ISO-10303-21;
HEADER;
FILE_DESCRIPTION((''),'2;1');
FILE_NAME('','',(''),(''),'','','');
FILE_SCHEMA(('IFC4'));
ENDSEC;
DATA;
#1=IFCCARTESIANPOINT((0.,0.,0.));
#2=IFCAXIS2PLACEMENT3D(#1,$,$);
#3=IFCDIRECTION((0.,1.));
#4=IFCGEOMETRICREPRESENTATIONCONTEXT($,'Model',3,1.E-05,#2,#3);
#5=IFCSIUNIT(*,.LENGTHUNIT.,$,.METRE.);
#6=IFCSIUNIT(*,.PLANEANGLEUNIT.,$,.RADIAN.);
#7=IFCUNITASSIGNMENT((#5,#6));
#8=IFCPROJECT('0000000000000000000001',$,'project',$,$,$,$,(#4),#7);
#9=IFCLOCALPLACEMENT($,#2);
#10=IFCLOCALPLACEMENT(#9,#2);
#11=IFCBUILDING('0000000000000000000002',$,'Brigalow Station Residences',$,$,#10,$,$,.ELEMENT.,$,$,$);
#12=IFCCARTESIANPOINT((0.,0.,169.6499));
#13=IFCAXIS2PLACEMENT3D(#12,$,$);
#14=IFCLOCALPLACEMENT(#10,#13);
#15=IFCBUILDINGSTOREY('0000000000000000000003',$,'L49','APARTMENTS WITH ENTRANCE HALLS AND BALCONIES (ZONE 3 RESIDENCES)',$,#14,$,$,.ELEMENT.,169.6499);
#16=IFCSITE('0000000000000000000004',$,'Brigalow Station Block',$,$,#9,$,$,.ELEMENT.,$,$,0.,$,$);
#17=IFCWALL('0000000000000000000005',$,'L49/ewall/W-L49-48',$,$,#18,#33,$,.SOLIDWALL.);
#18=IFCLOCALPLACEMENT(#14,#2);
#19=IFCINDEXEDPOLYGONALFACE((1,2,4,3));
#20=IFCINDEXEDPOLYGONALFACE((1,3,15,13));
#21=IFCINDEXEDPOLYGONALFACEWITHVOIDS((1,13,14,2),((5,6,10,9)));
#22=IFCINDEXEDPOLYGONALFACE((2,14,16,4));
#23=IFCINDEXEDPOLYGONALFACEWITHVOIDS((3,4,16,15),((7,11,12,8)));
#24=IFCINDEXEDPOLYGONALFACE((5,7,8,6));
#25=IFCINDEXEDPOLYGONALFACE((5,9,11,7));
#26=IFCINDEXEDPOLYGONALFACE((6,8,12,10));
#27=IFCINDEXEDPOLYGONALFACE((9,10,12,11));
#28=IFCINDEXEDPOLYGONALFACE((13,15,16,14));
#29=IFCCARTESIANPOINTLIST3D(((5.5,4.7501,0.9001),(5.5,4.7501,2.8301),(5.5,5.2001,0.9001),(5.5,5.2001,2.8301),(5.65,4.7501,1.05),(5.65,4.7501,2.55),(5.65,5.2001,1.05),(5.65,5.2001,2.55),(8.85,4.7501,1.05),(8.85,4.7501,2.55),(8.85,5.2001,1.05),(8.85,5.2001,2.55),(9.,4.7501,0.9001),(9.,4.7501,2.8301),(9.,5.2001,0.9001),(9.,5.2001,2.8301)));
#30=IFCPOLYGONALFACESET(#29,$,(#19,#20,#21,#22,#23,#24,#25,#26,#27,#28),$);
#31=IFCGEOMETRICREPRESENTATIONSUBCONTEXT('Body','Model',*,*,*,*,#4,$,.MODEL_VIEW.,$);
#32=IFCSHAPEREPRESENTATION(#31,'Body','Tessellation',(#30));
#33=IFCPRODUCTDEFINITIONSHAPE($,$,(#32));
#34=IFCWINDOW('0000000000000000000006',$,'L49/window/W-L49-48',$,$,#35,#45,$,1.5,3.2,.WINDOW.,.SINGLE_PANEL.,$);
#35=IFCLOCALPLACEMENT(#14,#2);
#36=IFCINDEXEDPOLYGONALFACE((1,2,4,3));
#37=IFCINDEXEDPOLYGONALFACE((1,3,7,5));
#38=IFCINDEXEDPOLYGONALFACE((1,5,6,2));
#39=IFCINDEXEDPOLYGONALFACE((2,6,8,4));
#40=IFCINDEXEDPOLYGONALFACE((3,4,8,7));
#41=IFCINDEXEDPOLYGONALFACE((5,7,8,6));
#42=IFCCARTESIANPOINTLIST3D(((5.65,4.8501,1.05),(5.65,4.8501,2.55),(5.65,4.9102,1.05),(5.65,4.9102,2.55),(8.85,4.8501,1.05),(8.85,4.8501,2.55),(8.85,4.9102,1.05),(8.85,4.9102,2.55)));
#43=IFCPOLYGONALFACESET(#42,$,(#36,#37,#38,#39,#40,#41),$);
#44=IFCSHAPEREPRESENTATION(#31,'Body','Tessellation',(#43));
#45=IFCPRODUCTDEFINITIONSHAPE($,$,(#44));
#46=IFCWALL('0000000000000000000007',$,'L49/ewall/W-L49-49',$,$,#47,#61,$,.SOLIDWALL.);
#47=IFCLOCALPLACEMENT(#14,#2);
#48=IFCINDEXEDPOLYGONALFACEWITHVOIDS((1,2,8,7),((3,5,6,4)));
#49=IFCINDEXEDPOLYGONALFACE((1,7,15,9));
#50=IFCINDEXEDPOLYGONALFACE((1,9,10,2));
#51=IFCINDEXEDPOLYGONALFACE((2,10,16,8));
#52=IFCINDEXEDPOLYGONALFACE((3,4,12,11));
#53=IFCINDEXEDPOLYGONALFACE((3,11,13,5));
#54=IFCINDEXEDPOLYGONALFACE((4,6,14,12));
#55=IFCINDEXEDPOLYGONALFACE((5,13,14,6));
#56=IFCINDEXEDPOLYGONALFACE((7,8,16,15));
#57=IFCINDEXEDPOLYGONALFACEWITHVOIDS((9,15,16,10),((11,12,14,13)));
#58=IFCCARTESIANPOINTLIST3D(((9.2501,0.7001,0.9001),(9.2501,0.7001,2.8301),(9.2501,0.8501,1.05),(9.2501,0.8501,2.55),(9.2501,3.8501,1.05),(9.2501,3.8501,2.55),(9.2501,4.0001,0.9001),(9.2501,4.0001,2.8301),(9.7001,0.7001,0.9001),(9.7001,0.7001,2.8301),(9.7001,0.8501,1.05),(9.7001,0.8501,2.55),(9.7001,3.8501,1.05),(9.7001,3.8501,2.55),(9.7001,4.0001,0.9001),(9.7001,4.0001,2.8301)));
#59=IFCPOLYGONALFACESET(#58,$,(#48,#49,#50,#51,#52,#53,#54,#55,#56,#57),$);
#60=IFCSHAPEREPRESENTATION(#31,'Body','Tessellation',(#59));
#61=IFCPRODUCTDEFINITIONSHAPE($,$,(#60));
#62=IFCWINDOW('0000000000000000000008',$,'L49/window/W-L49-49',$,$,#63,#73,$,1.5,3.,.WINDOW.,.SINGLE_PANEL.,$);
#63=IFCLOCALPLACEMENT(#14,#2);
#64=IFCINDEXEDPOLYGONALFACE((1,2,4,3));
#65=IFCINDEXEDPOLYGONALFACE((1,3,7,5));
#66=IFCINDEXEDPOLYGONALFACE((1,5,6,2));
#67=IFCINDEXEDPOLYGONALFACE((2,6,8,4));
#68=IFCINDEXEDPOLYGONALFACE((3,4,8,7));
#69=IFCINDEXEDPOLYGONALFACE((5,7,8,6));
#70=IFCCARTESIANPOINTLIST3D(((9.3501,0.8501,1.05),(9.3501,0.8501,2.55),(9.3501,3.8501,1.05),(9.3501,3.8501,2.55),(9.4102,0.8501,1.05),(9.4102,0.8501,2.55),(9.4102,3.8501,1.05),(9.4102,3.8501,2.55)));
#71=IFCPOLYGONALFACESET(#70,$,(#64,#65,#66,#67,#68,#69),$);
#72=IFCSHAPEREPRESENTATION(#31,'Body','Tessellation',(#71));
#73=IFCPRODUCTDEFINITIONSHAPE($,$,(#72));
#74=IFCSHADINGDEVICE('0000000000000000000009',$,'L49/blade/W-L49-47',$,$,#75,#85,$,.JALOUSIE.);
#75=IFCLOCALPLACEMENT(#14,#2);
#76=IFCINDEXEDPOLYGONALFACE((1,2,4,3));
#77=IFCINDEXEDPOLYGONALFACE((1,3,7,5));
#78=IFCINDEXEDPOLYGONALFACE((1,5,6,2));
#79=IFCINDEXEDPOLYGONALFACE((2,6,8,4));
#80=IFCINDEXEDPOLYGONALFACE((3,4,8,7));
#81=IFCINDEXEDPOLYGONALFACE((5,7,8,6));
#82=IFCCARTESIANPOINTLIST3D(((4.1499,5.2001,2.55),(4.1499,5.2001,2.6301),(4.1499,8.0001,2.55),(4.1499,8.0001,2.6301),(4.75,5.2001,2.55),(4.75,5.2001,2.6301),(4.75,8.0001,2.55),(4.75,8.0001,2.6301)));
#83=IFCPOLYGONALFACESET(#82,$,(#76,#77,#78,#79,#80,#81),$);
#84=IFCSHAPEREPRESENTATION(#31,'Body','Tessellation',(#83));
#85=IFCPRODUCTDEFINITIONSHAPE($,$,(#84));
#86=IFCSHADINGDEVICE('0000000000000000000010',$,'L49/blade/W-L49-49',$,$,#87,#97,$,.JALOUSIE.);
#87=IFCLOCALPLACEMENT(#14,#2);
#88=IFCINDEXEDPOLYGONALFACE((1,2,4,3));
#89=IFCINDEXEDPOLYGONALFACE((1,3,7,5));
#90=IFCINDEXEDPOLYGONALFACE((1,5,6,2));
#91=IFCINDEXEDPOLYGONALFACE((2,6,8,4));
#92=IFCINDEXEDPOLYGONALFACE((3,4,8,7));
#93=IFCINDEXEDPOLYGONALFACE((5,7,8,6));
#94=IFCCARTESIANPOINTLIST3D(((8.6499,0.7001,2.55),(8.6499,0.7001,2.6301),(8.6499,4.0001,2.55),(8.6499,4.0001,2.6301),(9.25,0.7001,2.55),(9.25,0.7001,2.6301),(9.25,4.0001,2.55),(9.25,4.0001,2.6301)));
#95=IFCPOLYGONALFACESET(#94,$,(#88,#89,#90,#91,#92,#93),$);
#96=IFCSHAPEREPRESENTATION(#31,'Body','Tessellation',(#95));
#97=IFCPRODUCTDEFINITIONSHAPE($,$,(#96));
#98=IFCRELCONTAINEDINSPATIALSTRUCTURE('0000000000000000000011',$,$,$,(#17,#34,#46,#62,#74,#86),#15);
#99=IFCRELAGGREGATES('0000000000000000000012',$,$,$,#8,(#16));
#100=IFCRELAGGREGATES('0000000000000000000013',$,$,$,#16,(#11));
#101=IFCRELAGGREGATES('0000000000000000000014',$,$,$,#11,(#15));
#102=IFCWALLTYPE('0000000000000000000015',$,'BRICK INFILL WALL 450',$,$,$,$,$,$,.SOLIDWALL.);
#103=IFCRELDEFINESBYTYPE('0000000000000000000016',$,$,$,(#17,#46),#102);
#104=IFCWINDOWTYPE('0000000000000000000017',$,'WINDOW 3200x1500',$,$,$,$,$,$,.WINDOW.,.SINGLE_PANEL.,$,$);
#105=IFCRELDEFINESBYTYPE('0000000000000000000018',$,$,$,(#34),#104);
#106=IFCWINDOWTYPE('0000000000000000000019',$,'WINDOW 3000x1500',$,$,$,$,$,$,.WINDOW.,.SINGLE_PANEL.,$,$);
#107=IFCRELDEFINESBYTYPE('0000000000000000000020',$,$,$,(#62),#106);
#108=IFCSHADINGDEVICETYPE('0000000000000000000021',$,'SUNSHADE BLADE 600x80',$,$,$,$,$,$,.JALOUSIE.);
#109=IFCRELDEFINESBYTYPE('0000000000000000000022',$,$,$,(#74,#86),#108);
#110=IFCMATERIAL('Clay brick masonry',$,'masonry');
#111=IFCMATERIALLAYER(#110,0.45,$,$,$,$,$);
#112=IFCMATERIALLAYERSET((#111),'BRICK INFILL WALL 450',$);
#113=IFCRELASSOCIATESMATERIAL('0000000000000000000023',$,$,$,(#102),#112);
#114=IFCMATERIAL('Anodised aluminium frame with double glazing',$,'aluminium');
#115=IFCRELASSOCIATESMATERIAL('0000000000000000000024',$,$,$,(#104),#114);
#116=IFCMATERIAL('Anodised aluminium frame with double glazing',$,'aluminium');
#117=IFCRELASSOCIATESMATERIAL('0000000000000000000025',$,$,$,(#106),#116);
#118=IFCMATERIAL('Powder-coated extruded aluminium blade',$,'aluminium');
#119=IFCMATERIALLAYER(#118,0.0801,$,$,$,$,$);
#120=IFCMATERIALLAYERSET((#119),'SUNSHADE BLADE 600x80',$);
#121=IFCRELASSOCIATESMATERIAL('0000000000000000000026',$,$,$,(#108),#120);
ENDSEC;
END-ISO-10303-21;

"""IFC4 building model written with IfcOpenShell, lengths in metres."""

from ifc_helpers import new_model, si_unit, direction, frame, frame_2d, origin, origin_2d, place, context, subcontext, project, spatial, rectangle, extrude, material, layer, layer_set, type_object, element, fill, save


model = new_model("IFC4")

# Units and contexts
model_context = context("Model", 3, precision=1e-05, world=origin(), true_north=direction((0.0, 1.0)))
body_context = subcontext(model_context, "Body", "Model", "MODEL_VIEW")
ifc_project = project(units=[si_unit("LENGTHUNIT", "METRE"), si_unit("PLANEANGLEUNIT", "RADIAN")], contexts=[model_context])

# Site, building, storey
site_placement = place(None, origin())
site = spatial("IfcSite", under=ifc_project, at=site_placement, Name="Brigalow Station Block", CompositionType="ELEMENT", RefElevation=0.0)
building_placement = place(site_placement, origin())
building = spatial("IfcBuilding", under=site, at=building_placement, Name="Brigalow Station Residences", CompositionType="ELEMENT")
storey_placement = place(building_placement, frame((0.0, 0.0, 169.6499)))
storey = spatial("IfcBuildingStorey", under=building, at=storey_placement, Name="L49", Description="APARTMENTS WITH ENTRANCE HALLS AND BALCONIES (ZONE 3 RESIDENCES)", CompositionType="ELEMENT", Elevation=169.6499)

# Walls, openings, windows
ifc_material_1 = material(Name="Clay brick masonry", Category="masonry")
ifc_layer_1 = layer(ifc_material_1, 0.45)
ifc_layer_set_1 = layer_set([ifc_layer_1], Name="BRICK INFILL WALL 450")
wall_type = type_object("IfcWallType", Name="BRICK INFILL WALL 450", PredefinedType="SOLIDWALL", material=ifc_layer_set_1)
wall_1_placement = place(storey_placement, frame((5.5, 4.9751, 0.9001), z_axis=(0.0, 0.0, 1.0), x_axis=(1.0, 0.0, 0.0)))
wall_1 = element("IfcWall", 1, at=wall_1_placement, inside=storey, type_object=wall_type, Name="L49/ewall/W-L49-48", PredefinedType="SOLIDWALL", context=body_context, shape_type="SweptSolid", body=[
    extrude(rectangle(XDim=3.5, YDim=0.45, at=frame_2d((1.75, 0.0))), origin(), (0.0, 0.0, 1.0), 1.9299),
])
opening_1_placement = place(wall_1_placement, frame((0.1499, 0.0, 0.1499)))
opening_1 = element("IfcOpeningElement", 2, at=opening_1_placement, cuts=wall_1, PredefinedType="OPENING", context=body_context, shape_type="SweptSolid", body=[
    extrude(rectangle(XDim=3.2, YDim=1.5, at=frame_2d((1.6001, 0.75))), frame((0.0, 0.2349, 0.0), z_axis=(0.0, -1.0, 0.0), x_axis=(1.0, 0.0, 0.0)), (0.0, 0.0, 1.0), 0.47),
])
ifc_material_2 = material(Name="Anodised aluminium frame with double glazing", Category="aluminium")
window_type_1 = type_object("IfcWindowType", Name="WINDOW 3200x1500", PartitioningType="SINGLE_PANEL", PredefinedType="WINDOW", material=ifc_material_2)
window_1_placement = place(opening_1_placement, origin())
window_1 = element("IfcWindow", 3, at=window_1_placement, inside=storey, type_object=window_type_1, Name="L49/window/W-L49-48", OverallHeight=1.5, OverallWidth=3.2, PartitioningType="SINGLE_PANEL", PredefinedType="WINDOW", context=body_context, shape_type="SweptSolid", body=[
    extrude(rectangle(XDim=3.2, YDim=1.5, at=frame_2d((1.6001, 0.75))), frame((0.0, -0.0649, 0.0), z_axis=(0.0, -1.0, 0.0), x_axis=(1.0, 0.0, 0.0)), (0.0, 0.0, 1.0), 0.0601),
])
fill(opening_1, window_1)
wall_2_placement = place(storey_placement, frame((9.4751, 4.0, 0.9001), z_axis=(0.0, 0.0, 1.0), x_axis=(0.0, -1.0, 0.0)))
wall_2 = element("IfcWall", 4, at=wall_2_placement, inside=storey, type_object=wall_type, Name="L49/ewall/W-L49-49", PredefinedType="SOLIDWALL", context=body_context, shape_type="SweptSolid", body=[
    extrude(rectangle(XDim=3.3, YDim=0.45, at=frame_2d((1.6499, 0.0))), origin(), (0.0, 0.0, 1.0), 1.9299),
])
opening_2_placement = place(wall_2_placement, frame((0.1499, 0.0, 0.1499)))
opening_2 = element("IfcOpeningElement", 5, at=opening_2_placement, cuts=wall_2, PredefinedType="OPENING", context=body_context, shape_type="SweptSolid", body=[
    extrude(rectangle(XDim=3.0, YDim=1.5, at=frame_2d((1.5, 0.75))), frame((0.0, 0.2349, 0.0), z_axis=(0.0, -1.0, 0.0), x_axis=(1.0, 0.0, 0.0)), (0.0, 0.0, 1.0), 0.47),
])
ifc_material_3 = material(Name="Anodised aluminium frame with double glazing", Category="aluminium")
window_type_2 = type_object("IfcWindowType", Name="WINDOW 3000x1500", PartitioningType="SINGLE_PANEL", PredefinedType="WINDOW", material=ifc_material_3)
window_2_placement = place(opening_2_placement, origin())
window_2 = element("IfcWindow", 6, at=window_2_placement, inside=storey, type_object=window_type_2, Name="L49/window/W-L49-49", OverallHeight=1.5, OverallWidth=3.0, PartitioningType="SINGLE_PANEL", PredefinedType="WINDOW", context=body_context, shape_type="SweptSolid", body=[
    extrude(rectangle(XDim=3.0, YDim=1.5, at=frame_2d((1.5, 0.75))), frame((0.0, -0.0649, 0.0), z_axis=(0.0, -1.0, 0.0), x_axis=(1.0, 0.0, 0.0)), (0.0, 0.0, 1.0), 0.0601),
])
fill(opening_2, window_2)

# Shading devices
ifc_material_4 = material(Name="Powder-coated extruded aluminium blade", Category="aluminium")
ifc_layer_2 = layer(ifc_material_4, 0.0801)
ifc_layer_set_2 = layer_set([ifc_layer_2], Name="SUNSHADE BLADE 600x80")
shading_device_type = type_object("IfcShadingDeviceType", Name="SUNSHADE BLADE 600x80", PredefinedType="JALOUSIE", material=ifc_layer_set_2)
shading_device_1_placement = place(storey_placement, frame((4.45, 6.6001, 2.55), z_axis=(0.0, 0.0, 1.0), x_axis=(0.0, -1.0, 0.0)))
element("IfcShadingDevice", 7, at=shading_device_1_placement, inside=storey, type_object=shading_device_type, Name="L49/blade/W-L49-47", PredefinedType="JALOUSIE", context=body_context, shape_type="SweptSolid", body=[
    extrude(rectangle(XDim=2.8, YDim=0.6001, at=origin_2d()), origin(), (0.0, 0.0, 1.0), 0.0801),
])
shading_device_2_placement = place(storey_placement, frame((8.95, 2.3501, 2.55), z_axis=(0.0, 0.0, 1.0), x_axis=(0.0, -1.0, 0.0)))
element("IfcShadingDevice", 8, at=shading_device_2_placement, inside=storey, type_object=shading_device_type, Name="L49/blade/W-L49-49", PredefinedType="JALOUSIE", context=body_context, shape_type="SweptSolid", body=[
    extrude(rectangle(XDim=3.3, YDim=0.6001, at=origin_2d()), origin(), (0.0, 0.0, 1.0), 0.0801),
])

save(model, "model.ifc")
